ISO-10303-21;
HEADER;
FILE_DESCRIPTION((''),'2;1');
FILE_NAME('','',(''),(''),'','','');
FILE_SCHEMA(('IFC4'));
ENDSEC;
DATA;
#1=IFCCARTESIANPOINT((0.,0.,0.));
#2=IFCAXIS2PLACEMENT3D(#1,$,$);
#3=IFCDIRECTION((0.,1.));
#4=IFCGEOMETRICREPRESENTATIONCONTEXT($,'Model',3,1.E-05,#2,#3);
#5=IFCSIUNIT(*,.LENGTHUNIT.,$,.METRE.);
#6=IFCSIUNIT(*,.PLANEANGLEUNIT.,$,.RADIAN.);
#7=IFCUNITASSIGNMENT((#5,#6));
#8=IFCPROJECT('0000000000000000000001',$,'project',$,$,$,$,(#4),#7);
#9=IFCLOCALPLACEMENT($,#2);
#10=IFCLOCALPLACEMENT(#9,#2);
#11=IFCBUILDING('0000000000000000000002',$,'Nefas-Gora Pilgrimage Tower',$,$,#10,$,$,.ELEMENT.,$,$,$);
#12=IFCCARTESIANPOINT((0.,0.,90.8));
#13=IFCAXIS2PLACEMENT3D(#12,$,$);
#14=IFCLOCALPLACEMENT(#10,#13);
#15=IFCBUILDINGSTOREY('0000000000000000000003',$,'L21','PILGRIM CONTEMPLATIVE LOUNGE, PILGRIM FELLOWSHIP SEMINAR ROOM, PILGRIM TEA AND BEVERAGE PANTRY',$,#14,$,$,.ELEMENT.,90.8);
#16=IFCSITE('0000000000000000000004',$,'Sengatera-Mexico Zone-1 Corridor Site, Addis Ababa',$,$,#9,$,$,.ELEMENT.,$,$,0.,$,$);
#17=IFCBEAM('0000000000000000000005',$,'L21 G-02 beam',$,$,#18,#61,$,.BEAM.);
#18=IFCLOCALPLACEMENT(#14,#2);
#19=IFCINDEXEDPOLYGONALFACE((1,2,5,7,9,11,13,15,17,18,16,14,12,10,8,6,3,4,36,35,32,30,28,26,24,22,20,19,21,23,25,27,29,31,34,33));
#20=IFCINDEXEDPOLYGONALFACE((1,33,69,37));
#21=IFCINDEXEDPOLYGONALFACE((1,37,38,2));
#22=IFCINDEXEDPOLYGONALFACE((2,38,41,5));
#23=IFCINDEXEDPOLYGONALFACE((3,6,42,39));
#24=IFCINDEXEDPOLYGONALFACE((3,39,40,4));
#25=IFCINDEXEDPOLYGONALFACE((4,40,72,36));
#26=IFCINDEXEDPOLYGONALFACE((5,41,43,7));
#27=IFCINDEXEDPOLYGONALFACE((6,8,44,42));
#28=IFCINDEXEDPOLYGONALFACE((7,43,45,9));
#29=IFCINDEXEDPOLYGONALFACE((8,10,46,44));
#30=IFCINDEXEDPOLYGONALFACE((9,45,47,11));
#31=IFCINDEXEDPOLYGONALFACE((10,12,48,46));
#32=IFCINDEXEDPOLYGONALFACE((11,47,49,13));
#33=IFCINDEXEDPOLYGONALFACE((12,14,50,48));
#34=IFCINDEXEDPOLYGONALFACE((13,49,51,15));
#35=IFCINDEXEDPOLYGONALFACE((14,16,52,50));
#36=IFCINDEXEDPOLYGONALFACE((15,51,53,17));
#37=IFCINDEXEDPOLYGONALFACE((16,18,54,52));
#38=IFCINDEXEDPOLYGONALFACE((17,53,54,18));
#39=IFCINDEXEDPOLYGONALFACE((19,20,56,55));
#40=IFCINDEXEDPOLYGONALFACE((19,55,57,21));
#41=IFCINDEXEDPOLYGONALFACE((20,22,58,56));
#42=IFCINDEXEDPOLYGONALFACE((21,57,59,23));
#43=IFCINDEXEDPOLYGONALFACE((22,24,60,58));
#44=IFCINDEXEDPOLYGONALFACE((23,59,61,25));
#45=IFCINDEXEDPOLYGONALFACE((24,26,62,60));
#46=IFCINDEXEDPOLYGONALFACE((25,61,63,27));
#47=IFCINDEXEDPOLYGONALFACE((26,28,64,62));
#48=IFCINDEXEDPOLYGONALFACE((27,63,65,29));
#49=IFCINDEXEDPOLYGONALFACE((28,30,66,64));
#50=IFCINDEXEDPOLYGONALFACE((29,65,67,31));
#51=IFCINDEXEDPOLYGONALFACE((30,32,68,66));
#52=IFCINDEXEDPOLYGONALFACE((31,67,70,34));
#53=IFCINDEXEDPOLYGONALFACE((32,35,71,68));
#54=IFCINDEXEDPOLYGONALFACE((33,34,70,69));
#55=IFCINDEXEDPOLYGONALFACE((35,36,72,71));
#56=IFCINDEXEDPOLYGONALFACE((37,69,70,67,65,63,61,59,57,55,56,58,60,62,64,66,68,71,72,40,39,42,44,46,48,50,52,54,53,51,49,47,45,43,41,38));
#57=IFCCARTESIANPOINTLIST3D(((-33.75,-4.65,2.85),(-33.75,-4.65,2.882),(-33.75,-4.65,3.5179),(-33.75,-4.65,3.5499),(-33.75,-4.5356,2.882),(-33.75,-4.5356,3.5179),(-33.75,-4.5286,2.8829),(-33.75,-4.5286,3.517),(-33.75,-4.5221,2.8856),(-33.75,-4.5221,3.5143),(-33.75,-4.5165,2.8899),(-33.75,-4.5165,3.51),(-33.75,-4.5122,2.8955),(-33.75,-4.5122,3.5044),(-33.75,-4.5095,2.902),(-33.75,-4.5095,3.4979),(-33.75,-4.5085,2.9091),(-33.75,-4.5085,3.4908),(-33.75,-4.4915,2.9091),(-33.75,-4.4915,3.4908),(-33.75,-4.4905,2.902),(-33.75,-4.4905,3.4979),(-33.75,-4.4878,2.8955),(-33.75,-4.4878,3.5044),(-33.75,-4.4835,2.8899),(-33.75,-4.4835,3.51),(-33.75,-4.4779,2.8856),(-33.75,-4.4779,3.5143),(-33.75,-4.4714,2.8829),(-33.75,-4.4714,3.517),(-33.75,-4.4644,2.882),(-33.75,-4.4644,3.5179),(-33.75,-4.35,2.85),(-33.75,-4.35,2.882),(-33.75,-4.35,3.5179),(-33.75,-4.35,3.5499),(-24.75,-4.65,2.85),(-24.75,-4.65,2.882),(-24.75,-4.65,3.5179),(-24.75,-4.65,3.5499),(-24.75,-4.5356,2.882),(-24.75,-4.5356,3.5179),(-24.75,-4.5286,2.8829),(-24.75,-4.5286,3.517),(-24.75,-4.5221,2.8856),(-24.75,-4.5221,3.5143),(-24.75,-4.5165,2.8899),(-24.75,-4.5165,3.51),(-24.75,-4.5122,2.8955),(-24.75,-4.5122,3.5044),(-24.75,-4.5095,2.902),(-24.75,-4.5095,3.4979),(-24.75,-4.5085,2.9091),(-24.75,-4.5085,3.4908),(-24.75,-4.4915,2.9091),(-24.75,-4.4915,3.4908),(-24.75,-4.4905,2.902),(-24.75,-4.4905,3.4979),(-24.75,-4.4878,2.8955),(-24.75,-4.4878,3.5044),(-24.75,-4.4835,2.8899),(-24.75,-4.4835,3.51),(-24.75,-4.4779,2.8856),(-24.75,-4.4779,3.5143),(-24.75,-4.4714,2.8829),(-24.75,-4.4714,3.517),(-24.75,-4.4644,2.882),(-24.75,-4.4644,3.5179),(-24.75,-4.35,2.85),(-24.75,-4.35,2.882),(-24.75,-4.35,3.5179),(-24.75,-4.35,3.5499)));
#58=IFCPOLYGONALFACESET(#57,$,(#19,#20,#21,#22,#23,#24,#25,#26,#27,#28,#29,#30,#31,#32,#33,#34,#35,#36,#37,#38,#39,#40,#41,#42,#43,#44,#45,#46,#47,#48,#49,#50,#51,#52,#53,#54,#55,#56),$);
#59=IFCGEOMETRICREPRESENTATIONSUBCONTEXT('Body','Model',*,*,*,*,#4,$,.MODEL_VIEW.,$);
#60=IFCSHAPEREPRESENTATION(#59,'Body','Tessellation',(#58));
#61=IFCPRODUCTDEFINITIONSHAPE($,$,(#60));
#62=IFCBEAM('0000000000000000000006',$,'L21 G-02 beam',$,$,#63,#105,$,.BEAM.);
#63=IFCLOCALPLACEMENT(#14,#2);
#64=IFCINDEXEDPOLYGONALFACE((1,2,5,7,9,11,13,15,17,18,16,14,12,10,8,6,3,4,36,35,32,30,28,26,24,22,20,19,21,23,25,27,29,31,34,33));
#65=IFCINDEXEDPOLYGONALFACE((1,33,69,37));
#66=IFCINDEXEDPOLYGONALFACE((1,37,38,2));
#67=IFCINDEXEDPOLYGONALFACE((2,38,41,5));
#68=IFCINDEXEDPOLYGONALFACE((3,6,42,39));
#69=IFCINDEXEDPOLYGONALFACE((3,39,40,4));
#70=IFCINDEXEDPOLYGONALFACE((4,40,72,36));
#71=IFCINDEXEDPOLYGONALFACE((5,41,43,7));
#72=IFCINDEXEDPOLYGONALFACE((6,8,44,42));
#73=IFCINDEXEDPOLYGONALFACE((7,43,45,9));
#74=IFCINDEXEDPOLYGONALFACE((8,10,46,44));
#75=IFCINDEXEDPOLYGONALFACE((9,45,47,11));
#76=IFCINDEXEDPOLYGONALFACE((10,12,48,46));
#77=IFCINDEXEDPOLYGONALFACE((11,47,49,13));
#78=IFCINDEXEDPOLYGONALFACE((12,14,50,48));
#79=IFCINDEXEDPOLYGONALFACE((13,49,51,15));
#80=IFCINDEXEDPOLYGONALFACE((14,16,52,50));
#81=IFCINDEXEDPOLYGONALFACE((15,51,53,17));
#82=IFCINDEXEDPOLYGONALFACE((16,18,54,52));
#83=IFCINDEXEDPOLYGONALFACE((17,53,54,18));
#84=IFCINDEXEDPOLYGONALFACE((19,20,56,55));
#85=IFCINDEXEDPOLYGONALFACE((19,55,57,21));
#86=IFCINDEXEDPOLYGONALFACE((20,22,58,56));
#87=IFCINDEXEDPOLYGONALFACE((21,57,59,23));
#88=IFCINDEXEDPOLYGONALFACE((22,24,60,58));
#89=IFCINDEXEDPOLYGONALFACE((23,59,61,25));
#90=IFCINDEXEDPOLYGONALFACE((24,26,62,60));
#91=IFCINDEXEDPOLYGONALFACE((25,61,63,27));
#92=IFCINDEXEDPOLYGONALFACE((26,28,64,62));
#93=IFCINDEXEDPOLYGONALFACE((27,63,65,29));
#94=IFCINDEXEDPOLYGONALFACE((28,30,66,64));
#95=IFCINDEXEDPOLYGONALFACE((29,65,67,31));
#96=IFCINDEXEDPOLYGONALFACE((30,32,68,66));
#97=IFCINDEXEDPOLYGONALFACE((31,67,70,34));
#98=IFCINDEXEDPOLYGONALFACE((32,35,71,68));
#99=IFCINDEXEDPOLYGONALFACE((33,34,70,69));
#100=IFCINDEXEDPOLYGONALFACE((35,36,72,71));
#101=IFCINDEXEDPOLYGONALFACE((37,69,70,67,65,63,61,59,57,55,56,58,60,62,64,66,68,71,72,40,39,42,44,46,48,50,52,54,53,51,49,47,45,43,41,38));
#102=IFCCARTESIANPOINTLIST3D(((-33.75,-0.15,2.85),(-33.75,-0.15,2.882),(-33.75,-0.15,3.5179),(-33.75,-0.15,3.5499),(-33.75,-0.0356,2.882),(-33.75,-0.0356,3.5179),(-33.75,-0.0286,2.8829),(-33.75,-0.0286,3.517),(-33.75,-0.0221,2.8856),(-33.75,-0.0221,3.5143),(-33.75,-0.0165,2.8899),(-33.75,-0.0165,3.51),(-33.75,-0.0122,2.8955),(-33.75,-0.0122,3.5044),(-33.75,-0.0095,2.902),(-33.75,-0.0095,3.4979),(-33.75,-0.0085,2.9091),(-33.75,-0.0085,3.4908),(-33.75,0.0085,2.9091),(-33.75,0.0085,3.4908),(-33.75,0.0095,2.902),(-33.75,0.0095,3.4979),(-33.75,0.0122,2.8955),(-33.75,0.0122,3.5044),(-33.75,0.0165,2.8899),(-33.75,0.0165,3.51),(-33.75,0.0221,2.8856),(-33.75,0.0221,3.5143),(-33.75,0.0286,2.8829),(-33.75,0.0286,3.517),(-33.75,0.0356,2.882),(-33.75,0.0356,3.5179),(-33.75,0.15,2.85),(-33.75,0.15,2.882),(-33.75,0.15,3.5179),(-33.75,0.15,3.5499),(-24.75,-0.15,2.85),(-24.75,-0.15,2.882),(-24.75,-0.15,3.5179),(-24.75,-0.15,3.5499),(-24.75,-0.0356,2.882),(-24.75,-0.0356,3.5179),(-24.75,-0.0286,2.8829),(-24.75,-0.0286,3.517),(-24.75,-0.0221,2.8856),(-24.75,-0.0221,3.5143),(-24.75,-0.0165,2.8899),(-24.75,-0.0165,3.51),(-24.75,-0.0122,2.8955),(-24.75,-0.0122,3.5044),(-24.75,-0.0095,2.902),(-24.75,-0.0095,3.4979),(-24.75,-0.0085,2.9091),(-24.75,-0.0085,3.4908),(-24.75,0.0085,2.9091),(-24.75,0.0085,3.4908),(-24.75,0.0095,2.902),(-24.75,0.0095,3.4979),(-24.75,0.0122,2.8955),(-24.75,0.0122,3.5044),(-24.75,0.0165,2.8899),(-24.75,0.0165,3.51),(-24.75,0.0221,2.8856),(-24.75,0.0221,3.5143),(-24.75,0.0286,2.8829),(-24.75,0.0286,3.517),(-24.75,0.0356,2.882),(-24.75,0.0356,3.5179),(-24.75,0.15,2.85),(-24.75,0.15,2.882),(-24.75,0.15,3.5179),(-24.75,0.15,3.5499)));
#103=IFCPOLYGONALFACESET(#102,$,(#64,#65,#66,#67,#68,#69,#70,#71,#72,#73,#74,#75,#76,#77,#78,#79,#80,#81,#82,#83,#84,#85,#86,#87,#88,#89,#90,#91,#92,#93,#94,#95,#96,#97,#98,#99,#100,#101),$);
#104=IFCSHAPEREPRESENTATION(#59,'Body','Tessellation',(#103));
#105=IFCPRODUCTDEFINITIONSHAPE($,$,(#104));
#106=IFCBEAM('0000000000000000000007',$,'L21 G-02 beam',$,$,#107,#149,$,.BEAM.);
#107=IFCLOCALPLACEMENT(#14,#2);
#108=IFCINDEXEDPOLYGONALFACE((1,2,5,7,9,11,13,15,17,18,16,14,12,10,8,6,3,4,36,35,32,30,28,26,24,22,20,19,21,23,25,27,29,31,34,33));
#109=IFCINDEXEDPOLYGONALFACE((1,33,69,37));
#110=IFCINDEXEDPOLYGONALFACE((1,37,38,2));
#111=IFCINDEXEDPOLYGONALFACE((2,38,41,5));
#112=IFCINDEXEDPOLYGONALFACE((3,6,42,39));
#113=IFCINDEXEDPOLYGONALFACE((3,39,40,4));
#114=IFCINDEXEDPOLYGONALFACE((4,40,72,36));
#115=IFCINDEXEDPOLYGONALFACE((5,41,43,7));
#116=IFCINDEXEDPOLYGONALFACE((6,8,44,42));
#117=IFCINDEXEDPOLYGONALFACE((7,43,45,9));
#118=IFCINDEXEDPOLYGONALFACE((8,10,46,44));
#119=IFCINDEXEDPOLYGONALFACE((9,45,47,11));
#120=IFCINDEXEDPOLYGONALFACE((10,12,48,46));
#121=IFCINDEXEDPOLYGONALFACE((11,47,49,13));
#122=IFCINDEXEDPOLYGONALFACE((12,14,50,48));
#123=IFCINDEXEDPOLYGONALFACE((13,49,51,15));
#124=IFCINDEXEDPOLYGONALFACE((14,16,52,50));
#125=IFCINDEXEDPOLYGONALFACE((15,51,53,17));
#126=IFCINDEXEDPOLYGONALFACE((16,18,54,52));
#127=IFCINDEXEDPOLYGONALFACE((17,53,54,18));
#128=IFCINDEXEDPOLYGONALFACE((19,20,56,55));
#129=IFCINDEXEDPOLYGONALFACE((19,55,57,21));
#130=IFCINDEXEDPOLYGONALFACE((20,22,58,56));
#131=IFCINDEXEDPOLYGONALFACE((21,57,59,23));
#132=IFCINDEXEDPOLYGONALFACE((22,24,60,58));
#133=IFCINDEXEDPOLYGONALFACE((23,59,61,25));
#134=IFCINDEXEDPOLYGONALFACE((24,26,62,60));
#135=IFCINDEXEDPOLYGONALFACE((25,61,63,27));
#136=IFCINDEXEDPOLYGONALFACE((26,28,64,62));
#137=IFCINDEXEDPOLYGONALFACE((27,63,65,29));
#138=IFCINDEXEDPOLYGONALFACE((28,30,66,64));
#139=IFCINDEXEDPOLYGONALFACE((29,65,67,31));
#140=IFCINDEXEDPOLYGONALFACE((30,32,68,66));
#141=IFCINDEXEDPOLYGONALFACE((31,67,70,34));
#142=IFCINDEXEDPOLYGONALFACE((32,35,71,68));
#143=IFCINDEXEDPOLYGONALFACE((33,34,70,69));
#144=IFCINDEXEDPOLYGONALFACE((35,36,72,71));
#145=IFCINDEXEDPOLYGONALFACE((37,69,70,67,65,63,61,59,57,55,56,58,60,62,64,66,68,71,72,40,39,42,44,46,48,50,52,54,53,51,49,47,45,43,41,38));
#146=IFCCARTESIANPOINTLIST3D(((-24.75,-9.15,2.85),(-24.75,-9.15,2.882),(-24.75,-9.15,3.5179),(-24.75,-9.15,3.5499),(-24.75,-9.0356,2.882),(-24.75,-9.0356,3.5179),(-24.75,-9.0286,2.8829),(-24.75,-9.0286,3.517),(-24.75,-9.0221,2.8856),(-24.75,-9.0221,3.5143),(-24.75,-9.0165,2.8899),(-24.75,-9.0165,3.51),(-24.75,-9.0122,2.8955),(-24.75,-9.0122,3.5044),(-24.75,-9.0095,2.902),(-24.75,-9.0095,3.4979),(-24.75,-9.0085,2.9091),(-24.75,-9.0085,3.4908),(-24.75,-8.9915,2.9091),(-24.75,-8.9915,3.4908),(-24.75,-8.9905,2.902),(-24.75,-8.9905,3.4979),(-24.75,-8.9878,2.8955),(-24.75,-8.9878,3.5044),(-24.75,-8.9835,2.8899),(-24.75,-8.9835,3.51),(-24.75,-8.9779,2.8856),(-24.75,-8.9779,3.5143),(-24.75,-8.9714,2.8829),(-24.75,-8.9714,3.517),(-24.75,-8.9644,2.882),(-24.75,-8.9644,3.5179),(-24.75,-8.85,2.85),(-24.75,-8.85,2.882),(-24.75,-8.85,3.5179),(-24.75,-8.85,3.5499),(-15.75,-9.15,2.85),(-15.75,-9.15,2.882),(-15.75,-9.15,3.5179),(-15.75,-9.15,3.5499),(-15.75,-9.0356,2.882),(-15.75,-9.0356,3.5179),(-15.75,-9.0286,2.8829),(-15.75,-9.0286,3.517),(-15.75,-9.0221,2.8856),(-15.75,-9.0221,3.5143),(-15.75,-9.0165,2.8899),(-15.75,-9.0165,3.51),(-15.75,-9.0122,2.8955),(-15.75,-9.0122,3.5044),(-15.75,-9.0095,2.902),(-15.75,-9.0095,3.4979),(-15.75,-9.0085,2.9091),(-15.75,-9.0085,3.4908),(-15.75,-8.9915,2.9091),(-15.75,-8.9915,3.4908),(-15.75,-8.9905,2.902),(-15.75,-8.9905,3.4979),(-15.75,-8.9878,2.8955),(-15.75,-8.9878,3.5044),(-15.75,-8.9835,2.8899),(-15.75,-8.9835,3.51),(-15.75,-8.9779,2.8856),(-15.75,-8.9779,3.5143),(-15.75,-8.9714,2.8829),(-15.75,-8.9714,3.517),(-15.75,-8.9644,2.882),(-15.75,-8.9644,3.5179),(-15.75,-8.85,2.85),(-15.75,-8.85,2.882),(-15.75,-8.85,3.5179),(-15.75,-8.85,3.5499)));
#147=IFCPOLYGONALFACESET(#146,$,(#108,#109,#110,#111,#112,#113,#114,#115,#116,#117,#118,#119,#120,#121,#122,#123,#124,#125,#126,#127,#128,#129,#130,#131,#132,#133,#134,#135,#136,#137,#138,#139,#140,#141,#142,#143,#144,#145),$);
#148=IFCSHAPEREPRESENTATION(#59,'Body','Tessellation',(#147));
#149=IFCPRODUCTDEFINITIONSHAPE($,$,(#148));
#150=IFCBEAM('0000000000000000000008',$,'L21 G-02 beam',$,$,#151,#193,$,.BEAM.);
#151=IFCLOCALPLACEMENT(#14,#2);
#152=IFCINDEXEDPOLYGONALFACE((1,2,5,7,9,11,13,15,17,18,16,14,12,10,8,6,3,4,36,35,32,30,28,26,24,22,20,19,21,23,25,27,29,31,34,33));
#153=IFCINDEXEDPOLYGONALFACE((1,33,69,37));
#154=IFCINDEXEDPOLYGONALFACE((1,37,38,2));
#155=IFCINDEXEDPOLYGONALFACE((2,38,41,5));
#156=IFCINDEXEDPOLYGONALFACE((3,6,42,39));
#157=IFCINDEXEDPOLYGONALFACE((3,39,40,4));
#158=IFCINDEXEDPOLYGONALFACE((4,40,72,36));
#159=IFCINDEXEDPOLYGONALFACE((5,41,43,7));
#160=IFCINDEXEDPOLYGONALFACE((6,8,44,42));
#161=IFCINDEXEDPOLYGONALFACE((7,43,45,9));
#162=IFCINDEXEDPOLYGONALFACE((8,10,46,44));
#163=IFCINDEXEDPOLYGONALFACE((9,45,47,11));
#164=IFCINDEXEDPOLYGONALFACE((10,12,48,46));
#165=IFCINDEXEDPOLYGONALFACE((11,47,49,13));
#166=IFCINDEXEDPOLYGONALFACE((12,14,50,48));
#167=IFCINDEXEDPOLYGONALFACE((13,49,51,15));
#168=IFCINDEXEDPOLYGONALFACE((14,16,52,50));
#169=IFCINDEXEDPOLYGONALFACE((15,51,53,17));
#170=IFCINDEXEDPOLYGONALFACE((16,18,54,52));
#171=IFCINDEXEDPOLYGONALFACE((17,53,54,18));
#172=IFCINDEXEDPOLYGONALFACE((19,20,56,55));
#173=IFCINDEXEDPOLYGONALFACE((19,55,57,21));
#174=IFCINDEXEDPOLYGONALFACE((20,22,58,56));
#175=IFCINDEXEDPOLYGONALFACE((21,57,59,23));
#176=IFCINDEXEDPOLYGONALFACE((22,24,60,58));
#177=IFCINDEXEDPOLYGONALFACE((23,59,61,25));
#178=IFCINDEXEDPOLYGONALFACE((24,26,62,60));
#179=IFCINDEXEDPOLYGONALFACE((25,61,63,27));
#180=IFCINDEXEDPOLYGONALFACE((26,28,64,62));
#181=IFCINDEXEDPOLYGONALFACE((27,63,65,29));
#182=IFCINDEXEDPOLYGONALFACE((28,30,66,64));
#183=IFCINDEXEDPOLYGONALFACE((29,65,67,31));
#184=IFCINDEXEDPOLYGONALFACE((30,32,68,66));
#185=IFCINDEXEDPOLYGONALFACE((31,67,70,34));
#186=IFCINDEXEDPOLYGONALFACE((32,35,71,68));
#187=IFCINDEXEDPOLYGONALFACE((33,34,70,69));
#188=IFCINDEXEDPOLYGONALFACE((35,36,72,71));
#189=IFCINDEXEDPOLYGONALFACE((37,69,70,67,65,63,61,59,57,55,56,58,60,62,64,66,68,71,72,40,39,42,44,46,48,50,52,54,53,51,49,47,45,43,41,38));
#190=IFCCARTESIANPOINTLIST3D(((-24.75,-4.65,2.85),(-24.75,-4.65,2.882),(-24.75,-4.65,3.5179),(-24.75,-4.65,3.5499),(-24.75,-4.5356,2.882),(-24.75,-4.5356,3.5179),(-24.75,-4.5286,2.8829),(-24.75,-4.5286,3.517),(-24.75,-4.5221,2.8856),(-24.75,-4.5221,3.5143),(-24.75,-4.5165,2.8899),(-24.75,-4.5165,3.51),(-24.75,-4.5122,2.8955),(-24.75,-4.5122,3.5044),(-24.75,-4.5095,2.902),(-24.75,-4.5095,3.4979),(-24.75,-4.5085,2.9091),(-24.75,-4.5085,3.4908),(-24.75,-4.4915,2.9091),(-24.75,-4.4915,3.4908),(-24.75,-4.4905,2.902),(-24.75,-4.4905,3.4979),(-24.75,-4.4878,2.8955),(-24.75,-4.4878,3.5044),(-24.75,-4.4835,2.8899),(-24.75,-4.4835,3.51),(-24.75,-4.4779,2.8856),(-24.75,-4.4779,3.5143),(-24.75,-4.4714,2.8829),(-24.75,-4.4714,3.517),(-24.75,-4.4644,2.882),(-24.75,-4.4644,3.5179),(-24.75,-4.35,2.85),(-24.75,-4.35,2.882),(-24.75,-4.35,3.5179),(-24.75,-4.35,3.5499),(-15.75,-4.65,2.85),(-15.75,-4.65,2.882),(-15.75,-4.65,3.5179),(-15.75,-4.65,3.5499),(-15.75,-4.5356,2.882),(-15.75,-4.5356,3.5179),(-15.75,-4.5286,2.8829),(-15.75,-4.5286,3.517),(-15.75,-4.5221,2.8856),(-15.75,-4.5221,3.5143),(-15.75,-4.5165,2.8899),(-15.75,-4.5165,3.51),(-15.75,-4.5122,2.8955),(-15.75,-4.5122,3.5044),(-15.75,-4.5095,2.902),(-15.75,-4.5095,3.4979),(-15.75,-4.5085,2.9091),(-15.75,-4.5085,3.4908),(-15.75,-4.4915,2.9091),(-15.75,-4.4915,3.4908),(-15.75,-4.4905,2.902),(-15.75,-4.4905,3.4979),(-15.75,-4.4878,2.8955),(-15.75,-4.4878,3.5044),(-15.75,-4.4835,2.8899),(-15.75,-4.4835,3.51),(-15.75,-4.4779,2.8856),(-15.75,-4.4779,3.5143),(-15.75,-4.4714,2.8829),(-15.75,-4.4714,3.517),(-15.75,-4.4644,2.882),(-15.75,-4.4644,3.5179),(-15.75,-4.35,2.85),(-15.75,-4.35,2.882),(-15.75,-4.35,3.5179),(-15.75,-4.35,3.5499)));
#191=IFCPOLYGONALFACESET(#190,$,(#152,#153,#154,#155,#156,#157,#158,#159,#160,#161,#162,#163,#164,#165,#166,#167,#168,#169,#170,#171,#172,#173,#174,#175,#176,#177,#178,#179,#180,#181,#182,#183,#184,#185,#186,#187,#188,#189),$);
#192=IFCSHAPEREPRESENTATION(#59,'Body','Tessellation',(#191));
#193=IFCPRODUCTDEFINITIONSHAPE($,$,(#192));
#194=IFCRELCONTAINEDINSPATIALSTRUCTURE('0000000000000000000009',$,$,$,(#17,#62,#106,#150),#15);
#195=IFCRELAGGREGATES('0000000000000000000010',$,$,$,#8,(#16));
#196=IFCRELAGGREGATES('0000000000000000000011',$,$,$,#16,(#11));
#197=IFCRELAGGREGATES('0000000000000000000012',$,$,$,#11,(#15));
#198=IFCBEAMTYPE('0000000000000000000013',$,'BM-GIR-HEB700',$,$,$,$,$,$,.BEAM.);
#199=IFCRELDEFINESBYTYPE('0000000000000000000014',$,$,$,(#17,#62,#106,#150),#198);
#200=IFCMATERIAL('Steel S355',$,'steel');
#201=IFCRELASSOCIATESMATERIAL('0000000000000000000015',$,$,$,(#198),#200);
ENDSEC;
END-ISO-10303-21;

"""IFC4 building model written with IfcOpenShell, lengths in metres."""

from ifc_helpers import new_model, si_unit, direction, frame, origin, origin_2d, place, context, subcontext, project, spatial, i_section, extrude, source, transform, mapped, material, material_profile, profile_set, type_object, element, save


model = new_model("IFC4")

# Units and contexts
model_context = context("Model", 3, precision=1e-05, world=origin(), true_north=direction((0.0, 1.0)))
body_context = subcontext(model_context, "Body", "Model", "MODEL_VIEW")
ifc_project = project(units=[si_unit("LENGTHUNIT", "METRE"), si_unit("PLANEANGLEUNIT", "RADIAN")], contexts=[model_context])

# Site, building, storey
site_placement = place(None, origin())
site = spatial("IfcSite", under=ifc_project, at=site_placement, Name="Sengatera-Mexico Zone-1 Corridor Site, Addis Ababa", CompositionType="ELEMENT", RefElevation=0.0)
building_placement = place(site_placement, origin())
building = spatial("IfcBuilding", under=site, at=building_placement, Name="Nefas-Gora Pilgrimage Tower", CompositionType="ELEMENT")
storey_placement = place(building_placement, frame((0.0, 0.0, 90.8)))
storey = spatial("IfcBuildingStorey", under=building, at=storey_placement, Name="L21", Description="PILGRIM CONTEMPLATIVE LOUNGE, PILGRIM FELLOWSHIP SEMINAR ROOM, PILGRIM TEA AND BEVERAGE PANTRY", CompositionType="ELEMENT", Elevation=90.8)

# Beams
ifc_material_1 = material(Name="Steel S355", Category="steel")
ifc_material_profile_1 = material_profile(ifc_material_1, i_section(OverallWidth=0.3, OverallDepth=0.7, WebThickness=0.0171, FlangeThickness=0.032, FilletRadius=0.0271, at=origin_2d()), Name="HEB 700")
ifc_profile_set_1 = profile_set([ifc_material_profile_1], Name="Steel S355")
beam_type_1 = type_object("IfcBeamType", Name="BM-GIR-HEB700", PredefinedType="BEAM", material=ifc_profile_set_1)
shared_shape_1 = source(origin(), body_context, "Body", "SweptSolid", [
    extrude(i_section(OverallWidth=0.3, OverallDepth=0.7, WebThickness=0.0171, FlangeThickness=0.032, FilletRadius=0.0271, at=origin_2d()), origin(), (0.0, 0.0, 1.0), 9.0),
])
for number, where, z_axis, x_axis, name in (
    (1, (-33.75, -4.5, 3.2), (1.0, 0.0, 0.0), (0.0, 1.0, 0.0), "L21 G-02 beam"),
    (2, (-33.75, 0.0, 3.2), (1.0, 0.0, 0.0), (0.0, 1.0, 0.0), "L21 G-02 beam"),
    (3, (-24.75, -9.0, 3.2), (1.0, 0.0, 0.0), (0.0, 1.0, 0.0), "L21 G-02 beam"),
    (4, (-24.75, -4.5, 3.2), (1.0, 0.0, 0.0), (0.0, 1.0, 0.0), "L21 G-02 beam"),
):
    element("IfcBeam", number, at=place(storey_placement, frame(where, z_axis=z_axis, x_axis=x_axis)), inside=storey, type_object=beam_type_1, Name=name, PredefinedType="BEAM", context=body_context, shape_type="MappedRepresentation", body=[
        mapped(shared_shape_1, transform((0.0, 0.0, 0.0), x_axis=(1.0, 0.0, 0.0), y_axis=(0.0, 1.0, 0.0), z_axis=(0.0, 0.0, 1.0), scale=1.0)),
    ])

save(model, "model.ifc")
